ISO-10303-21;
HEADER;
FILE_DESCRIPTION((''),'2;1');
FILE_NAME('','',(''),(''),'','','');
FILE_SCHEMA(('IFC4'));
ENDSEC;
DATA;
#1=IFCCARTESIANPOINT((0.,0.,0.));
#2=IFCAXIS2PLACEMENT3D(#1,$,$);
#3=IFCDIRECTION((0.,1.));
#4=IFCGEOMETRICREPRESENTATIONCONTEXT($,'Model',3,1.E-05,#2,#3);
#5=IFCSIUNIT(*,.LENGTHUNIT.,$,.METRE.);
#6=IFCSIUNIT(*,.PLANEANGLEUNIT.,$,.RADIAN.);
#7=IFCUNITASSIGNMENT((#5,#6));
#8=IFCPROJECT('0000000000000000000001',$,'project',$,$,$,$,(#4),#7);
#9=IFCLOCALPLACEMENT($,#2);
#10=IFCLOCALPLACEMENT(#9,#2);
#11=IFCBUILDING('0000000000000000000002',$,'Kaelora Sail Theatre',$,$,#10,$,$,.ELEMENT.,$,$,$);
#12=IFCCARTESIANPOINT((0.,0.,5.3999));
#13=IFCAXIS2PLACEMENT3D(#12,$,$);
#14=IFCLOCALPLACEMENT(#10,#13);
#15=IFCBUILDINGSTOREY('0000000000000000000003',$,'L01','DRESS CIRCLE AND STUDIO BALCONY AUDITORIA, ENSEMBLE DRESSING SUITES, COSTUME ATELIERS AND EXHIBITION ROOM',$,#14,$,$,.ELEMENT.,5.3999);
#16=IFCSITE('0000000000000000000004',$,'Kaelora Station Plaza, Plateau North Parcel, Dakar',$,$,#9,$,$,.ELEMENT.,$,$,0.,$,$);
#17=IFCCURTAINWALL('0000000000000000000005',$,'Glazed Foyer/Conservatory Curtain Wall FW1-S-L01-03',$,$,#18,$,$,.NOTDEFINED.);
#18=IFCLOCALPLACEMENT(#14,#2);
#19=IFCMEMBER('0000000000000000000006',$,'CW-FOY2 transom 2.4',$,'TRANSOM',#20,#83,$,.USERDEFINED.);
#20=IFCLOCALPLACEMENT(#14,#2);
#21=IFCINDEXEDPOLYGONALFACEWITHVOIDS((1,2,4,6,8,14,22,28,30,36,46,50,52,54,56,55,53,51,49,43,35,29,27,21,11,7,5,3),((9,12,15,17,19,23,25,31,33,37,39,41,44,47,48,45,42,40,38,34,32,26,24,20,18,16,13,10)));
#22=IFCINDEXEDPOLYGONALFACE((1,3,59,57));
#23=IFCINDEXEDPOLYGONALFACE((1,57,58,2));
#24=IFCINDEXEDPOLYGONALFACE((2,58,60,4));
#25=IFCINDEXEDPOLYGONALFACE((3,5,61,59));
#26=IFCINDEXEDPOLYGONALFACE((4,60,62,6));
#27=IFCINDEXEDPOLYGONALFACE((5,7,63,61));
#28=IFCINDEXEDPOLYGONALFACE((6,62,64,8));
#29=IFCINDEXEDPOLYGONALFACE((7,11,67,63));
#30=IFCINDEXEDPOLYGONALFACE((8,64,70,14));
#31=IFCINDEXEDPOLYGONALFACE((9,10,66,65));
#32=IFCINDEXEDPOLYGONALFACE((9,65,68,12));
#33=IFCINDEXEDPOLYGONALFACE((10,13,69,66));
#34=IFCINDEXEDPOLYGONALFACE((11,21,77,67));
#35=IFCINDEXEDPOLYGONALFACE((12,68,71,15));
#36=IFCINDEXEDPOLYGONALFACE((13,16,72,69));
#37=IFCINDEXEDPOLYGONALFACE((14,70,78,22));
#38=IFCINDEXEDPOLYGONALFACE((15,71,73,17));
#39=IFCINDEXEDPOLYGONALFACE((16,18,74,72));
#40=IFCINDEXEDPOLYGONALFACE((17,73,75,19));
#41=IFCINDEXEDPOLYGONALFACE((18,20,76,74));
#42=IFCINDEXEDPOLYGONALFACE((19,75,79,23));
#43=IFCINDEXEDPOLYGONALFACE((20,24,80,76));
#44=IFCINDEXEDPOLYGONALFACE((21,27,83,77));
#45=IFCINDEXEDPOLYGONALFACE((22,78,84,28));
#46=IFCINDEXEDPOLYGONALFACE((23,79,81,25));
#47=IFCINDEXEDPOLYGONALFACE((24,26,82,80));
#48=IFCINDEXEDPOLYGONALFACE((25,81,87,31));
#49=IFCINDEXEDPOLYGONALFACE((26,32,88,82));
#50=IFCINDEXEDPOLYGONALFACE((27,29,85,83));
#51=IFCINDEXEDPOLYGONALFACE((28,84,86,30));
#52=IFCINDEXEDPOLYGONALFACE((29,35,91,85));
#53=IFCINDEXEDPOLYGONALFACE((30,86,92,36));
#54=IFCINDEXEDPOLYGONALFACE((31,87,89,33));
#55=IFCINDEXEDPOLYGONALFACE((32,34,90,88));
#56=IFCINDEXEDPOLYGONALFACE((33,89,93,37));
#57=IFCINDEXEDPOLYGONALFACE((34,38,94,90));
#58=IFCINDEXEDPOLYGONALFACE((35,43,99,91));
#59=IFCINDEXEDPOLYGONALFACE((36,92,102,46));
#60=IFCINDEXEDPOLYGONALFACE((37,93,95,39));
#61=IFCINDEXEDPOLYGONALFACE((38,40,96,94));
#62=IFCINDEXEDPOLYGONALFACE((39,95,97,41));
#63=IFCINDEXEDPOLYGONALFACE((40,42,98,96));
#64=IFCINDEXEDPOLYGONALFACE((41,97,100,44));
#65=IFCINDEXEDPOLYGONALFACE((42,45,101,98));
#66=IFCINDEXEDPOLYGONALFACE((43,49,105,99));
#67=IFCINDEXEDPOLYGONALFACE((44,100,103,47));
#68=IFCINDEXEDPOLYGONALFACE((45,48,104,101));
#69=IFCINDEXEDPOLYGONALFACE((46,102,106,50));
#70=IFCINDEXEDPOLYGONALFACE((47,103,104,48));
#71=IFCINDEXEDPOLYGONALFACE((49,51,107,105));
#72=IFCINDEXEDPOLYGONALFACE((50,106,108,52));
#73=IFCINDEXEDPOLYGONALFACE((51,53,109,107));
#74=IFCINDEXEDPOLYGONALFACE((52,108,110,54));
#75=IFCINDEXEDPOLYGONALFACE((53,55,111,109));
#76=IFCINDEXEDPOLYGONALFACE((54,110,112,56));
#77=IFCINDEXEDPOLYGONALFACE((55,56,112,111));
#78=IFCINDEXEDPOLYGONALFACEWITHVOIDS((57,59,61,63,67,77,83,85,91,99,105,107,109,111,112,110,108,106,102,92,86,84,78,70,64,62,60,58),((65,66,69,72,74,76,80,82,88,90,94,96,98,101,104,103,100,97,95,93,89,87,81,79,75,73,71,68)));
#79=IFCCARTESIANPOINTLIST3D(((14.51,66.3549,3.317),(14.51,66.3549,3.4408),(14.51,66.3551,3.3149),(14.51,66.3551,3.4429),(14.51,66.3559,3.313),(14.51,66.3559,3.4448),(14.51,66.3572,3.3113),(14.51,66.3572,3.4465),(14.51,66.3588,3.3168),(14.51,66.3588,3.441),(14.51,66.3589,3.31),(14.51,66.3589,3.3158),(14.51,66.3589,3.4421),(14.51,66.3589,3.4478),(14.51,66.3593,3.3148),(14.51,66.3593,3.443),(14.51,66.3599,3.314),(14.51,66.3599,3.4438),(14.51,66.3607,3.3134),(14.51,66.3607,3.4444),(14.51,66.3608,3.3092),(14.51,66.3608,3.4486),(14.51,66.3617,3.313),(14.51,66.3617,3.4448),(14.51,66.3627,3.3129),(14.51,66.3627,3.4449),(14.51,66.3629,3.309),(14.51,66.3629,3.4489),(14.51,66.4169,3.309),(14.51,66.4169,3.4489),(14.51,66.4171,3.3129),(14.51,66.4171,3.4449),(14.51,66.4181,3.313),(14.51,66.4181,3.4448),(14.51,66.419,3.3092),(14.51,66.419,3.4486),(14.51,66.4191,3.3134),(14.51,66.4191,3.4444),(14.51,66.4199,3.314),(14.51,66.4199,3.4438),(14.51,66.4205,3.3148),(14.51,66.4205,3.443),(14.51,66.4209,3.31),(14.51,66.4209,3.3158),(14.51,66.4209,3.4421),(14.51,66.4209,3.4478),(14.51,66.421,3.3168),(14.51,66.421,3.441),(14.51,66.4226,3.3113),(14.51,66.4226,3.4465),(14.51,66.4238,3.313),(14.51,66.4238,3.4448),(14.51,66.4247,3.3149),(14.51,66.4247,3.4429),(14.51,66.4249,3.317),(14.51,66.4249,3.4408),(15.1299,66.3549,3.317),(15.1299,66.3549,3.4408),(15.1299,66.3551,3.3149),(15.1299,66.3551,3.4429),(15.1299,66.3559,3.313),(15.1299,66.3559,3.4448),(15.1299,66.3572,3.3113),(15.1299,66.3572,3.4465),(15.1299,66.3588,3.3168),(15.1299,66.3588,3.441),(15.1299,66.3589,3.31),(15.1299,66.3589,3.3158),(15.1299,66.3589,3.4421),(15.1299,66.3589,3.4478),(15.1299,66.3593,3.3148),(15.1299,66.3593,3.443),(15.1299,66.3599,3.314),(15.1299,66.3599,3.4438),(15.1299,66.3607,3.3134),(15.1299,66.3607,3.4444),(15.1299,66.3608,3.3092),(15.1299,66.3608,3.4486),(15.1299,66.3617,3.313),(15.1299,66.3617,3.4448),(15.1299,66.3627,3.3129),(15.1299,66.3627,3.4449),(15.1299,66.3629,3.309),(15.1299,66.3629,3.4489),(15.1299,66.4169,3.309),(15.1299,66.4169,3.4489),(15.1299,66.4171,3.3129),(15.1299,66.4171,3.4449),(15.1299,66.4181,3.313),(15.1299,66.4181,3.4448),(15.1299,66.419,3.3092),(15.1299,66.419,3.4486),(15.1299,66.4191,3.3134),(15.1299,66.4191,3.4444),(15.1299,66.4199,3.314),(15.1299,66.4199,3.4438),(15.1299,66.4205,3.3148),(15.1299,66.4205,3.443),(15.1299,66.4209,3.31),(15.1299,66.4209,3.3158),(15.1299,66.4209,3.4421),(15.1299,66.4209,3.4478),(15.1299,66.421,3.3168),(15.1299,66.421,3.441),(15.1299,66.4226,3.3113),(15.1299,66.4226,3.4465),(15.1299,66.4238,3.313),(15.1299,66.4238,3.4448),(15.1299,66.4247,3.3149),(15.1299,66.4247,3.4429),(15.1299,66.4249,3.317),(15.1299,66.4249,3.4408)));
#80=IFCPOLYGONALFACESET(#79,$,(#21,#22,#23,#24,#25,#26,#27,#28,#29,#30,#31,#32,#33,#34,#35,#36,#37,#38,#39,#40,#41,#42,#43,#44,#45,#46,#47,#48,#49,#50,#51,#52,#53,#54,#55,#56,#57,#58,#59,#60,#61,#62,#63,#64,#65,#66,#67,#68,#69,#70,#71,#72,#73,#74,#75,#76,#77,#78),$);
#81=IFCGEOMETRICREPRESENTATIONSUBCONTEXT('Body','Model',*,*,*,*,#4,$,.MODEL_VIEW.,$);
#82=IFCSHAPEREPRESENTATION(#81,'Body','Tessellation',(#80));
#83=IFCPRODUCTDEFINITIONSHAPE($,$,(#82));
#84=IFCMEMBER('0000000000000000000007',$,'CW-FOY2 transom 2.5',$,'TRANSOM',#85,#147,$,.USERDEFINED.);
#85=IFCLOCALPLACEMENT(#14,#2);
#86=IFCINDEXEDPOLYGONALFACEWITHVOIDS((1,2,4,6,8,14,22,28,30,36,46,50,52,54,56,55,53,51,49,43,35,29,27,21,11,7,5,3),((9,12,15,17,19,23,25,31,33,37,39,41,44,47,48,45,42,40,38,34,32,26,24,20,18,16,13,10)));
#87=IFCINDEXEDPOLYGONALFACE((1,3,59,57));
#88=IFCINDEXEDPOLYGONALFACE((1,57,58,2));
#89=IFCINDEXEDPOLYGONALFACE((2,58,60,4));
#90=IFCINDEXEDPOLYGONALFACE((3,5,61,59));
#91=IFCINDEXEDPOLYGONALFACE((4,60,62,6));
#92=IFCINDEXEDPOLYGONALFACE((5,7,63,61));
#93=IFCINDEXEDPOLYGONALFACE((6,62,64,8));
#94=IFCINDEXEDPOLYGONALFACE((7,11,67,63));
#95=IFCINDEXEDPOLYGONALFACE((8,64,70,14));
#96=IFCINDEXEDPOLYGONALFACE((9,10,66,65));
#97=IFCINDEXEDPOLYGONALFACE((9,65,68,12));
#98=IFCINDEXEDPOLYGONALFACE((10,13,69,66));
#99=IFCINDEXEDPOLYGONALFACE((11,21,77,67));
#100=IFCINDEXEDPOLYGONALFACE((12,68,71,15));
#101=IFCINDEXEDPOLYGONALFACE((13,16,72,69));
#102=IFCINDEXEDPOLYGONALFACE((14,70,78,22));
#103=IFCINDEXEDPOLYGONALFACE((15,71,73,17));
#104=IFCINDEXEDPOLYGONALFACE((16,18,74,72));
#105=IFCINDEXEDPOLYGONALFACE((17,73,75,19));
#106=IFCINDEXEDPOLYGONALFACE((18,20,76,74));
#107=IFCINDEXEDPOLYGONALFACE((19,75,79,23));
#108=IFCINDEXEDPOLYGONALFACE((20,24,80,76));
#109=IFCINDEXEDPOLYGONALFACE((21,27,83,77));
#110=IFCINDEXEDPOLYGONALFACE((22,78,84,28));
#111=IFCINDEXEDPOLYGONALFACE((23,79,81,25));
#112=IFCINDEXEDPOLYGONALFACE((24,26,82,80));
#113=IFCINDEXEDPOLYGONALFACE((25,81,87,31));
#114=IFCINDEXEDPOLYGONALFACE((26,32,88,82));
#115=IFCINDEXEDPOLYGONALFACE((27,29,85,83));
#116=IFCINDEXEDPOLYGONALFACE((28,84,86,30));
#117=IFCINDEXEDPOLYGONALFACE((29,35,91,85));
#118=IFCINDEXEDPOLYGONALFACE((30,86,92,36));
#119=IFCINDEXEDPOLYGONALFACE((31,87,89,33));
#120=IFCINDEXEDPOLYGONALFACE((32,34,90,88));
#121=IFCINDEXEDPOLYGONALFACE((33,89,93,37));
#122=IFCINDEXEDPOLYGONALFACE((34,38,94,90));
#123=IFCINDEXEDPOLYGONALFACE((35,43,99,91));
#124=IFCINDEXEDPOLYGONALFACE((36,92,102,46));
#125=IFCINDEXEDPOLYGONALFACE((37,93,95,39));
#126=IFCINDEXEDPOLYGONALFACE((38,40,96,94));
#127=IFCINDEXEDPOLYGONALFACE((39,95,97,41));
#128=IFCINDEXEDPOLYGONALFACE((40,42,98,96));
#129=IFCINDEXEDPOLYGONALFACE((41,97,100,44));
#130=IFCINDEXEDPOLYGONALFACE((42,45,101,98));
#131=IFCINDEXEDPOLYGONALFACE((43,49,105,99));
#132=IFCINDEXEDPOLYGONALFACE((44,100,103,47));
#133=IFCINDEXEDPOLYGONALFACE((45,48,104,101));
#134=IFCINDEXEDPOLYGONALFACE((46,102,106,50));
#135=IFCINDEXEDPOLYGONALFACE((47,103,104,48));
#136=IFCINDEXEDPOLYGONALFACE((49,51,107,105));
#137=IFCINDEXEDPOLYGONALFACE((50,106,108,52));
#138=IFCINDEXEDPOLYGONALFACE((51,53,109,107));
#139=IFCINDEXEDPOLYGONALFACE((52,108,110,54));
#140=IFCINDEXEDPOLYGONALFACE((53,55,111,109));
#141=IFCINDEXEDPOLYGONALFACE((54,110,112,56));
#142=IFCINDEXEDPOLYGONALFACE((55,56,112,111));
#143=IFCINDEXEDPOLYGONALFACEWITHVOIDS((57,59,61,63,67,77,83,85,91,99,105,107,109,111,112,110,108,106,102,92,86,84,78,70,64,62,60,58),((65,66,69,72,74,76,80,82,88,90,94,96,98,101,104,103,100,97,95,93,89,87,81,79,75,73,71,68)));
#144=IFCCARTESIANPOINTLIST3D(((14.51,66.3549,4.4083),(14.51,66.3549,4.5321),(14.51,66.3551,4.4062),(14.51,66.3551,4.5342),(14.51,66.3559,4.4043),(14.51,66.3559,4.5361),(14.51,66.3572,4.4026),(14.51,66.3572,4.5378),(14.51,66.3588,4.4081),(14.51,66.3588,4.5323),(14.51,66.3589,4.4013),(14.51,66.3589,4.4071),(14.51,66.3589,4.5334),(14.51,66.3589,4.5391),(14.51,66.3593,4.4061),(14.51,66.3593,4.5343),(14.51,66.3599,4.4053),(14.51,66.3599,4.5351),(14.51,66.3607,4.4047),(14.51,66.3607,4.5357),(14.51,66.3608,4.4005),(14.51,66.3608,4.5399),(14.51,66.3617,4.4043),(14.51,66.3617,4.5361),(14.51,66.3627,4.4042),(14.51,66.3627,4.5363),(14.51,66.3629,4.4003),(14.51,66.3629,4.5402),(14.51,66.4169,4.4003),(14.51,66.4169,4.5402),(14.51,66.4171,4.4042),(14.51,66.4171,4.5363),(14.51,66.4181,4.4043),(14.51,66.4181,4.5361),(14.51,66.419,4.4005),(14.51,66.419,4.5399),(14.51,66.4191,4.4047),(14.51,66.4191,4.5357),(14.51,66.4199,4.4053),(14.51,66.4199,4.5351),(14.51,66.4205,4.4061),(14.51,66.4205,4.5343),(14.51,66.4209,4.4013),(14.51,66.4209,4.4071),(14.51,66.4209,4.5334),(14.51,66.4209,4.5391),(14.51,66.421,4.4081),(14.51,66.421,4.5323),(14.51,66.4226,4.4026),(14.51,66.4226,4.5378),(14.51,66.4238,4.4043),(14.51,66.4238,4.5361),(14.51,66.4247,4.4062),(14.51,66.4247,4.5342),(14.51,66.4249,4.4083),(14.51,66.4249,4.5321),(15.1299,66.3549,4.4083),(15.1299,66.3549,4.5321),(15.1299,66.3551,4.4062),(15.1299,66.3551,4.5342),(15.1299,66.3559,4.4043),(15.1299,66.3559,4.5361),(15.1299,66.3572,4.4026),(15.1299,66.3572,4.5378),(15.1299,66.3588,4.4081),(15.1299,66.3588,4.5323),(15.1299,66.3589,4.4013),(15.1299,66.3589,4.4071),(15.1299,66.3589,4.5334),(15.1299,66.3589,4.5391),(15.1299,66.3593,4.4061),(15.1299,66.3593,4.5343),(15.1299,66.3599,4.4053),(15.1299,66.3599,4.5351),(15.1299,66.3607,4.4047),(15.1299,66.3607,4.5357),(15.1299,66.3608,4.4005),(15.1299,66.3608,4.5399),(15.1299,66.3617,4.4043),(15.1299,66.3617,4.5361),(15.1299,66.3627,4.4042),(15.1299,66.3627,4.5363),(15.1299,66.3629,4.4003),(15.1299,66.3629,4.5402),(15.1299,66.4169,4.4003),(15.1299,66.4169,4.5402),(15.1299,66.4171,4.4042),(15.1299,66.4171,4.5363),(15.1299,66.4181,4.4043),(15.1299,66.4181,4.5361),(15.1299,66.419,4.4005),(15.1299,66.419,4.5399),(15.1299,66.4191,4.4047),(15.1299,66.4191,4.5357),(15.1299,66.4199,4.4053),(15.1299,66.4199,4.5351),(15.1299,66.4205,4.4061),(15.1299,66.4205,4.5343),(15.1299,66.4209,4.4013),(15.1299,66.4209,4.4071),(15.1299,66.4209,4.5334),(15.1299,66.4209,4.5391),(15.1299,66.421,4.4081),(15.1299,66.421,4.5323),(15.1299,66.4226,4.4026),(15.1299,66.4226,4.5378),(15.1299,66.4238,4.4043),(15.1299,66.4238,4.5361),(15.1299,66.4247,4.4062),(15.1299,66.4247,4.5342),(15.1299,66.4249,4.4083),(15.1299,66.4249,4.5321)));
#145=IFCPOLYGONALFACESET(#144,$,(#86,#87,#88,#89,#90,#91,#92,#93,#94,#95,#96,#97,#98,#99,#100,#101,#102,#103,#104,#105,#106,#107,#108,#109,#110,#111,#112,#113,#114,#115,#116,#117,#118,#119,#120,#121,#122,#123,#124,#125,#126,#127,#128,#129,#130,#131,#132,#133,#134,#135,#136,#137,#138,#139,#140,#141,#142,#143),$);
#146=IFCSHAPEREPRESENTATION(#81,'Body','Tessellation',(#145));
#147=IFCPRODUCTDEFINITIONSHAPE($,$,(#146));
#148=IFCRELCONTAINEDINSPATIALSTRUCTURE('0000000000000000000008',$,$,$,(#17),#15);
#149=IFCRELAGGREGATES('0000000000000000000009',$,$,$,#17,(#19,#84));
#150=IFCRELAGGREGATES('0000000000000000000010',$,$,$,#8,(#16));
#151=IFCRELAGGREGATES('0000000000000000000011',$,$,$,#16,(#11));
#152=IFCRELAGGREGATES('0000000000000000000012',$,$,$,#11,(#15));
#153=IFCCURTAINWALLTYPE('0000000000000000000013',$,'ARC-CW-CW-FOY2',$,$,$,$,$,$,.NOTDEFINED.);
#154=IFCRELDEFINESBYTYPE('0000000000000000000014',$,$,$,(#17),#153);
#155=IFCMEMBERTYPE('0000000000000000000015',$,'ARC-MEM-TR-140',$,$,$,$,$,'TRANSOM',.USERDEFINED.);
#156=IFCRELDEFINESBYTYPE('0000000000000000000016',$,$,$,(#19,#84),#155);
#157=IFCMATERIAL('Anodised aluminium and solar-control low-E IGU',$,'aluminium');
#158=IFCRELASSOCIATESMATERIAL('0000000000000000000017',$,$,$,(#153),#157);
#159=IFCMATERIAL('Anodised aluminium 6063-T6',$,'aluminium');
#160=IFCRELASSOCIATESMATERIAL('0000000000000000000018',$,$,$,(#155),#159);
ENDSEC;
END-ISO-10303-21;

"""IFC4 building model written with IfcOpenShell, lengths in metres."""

from ifc_helpers import new_model, si_unit, direction, frame, origin, origin_2d, place, context, subcontext, project, spatial, hollow_rectangle, extrude, material, material_profile, profile_set, type_object, element, aggregate, save


model = new_model("IFC4")

# Units and contexts
model_context = context("Model", 3, precision=1e-05, world=origin(), true_north=direction((0.0, 1.0)))
body_context = subcontext(model_context, "Body", "Model", "MODEL_VIEW")
ifc_project = project(units=[si_unit("LENGTHUNIT", "METRE"), si_unit("PLANEANGLEUNIT", "RADIAN")], contexts=[model_context])

# Site, building, storey
site_placement = place(None, origin())
site = spatial("IfcSite", under=ifc_project, at=site_placement, Name="Kaelora Station Plaza, Plateau North Parcel, Dakar", CompositionType="ELEMENT", RefElevation=0.0)
building_placement = place(site_placement, origin())
building = spatial("IfcBuilding", under=site, at=building_placement, Name="Kaelora Sail Theatre", CompositionType="ELEMENT")
storey_placement = place(building_placement, frame((0.0, 0.0, 5.3999)))
storey = spatial("IfcBuildingStorey", under=building, at=storey_placement, Name="L01", Description="DRESS CIRCLE AND STUDIO BALCONY AUDITORIA, ENSEMBLE DRESSING SUITES, COSTUME ATELIERS AND EXHIBITION ROOM", CompositionType="ELEMENT", Elevation=5.3999)

# Curtain wall, members
ifc_material_1 = material(Name="Anodised aluminium and solar-control low-E IGU", Category="aluminium")
curtain_wall_type = type_object("IfcCurtainWallType", Name="ARC-CW-CW-FOY2", PredefinedType="NOTDEFINED", material=ifc_material_1)
curtain_wall_1_placement = place(storey_placement, origin())
curtain_wall_1 = element("IfcCurtainWall", 1, at=curtain_wall_1_placement, inside=storey, type_object=curtain_wall_type, Name="Glazed Foyer/Conservatory Curtain Wall FW1-S-L01-03", PredefinedType="NOTDEFINED")
ifc_material_2 = material(Name="Anodised aluminium 6063-T6", Category="aluminium")
ifc_material_profile = material_profile(ifc_material_2, hollow_rectangle(XDim=0.0701, YDim=0.1399, WallThickness=0.0039, InnerFilletRadius=0.0039, OuterFilletRadius=0.0081, at=origin_2d()), Name="ALU-TRAN 70x140x4")
ifc_profile_set = profile_set([ifc_material_profile], Name="Anodised aluminium 6063-T6")
member_type = type_object("IfcMemberType", Name="ARC-MEM-TR-140", ElementType="TRANSOM", PredefinedType="USERDEFINED", material=ifc_profile_set)
member_1_placement = place(storey_placement, frame((14.51, 66.3899, 3.3789), z_axis=(1.0, 0.0, 0.0), x_axis=(0.0, 1.0, 0.0)))
member_1 = element("IfcMember", 2, at=member_1_placement, type_object=member_type, Name="CW-FOY2 transom 2.4", ObjectType="TRANSOM", PredefinedType="USERDEFINED", context=body_context, shape_type="SweptSolid", body=[
    extrude(hollow_rectangle(XDim=0.0701, YDim=0.1399, WallThickness=0.0039, InnerFilletRadius=0.0039, OuterFilletRadius=0.0081, at=origin_2d()), origin(), (0.0, 0.0, 1.0), 0.6199),
])
member_2_placement = place(storey_placement, frame((14.51, 66.3899, 4.4702), z_axis=(1.0, 0.0, 0.0), x_axis=(0.0, 1.0, 0.0)))
member_2 = element("IfcMember", 3, at=member_2_placement, type_object=member_type, Name="CW-FOY2 transom 2.5", ObjectType="TRANSOM", PredefinedType="USERDEFINED", context=body_context, shape_type="SweptSolid", body=[
    extrude(hollow_rectangle(XDim=0.0701, YDim=0.1399, WallThickness=0.0039, InnerFilletRadius=0.0039, OuterFilletRadius=0.0081, at=origin_2d()), origin(), (0.0, 0.0, 1.0), 0.6199),
])

aggregate(curtain_wall_1, [member_1, member_2])

save(model, "model.ifc")
